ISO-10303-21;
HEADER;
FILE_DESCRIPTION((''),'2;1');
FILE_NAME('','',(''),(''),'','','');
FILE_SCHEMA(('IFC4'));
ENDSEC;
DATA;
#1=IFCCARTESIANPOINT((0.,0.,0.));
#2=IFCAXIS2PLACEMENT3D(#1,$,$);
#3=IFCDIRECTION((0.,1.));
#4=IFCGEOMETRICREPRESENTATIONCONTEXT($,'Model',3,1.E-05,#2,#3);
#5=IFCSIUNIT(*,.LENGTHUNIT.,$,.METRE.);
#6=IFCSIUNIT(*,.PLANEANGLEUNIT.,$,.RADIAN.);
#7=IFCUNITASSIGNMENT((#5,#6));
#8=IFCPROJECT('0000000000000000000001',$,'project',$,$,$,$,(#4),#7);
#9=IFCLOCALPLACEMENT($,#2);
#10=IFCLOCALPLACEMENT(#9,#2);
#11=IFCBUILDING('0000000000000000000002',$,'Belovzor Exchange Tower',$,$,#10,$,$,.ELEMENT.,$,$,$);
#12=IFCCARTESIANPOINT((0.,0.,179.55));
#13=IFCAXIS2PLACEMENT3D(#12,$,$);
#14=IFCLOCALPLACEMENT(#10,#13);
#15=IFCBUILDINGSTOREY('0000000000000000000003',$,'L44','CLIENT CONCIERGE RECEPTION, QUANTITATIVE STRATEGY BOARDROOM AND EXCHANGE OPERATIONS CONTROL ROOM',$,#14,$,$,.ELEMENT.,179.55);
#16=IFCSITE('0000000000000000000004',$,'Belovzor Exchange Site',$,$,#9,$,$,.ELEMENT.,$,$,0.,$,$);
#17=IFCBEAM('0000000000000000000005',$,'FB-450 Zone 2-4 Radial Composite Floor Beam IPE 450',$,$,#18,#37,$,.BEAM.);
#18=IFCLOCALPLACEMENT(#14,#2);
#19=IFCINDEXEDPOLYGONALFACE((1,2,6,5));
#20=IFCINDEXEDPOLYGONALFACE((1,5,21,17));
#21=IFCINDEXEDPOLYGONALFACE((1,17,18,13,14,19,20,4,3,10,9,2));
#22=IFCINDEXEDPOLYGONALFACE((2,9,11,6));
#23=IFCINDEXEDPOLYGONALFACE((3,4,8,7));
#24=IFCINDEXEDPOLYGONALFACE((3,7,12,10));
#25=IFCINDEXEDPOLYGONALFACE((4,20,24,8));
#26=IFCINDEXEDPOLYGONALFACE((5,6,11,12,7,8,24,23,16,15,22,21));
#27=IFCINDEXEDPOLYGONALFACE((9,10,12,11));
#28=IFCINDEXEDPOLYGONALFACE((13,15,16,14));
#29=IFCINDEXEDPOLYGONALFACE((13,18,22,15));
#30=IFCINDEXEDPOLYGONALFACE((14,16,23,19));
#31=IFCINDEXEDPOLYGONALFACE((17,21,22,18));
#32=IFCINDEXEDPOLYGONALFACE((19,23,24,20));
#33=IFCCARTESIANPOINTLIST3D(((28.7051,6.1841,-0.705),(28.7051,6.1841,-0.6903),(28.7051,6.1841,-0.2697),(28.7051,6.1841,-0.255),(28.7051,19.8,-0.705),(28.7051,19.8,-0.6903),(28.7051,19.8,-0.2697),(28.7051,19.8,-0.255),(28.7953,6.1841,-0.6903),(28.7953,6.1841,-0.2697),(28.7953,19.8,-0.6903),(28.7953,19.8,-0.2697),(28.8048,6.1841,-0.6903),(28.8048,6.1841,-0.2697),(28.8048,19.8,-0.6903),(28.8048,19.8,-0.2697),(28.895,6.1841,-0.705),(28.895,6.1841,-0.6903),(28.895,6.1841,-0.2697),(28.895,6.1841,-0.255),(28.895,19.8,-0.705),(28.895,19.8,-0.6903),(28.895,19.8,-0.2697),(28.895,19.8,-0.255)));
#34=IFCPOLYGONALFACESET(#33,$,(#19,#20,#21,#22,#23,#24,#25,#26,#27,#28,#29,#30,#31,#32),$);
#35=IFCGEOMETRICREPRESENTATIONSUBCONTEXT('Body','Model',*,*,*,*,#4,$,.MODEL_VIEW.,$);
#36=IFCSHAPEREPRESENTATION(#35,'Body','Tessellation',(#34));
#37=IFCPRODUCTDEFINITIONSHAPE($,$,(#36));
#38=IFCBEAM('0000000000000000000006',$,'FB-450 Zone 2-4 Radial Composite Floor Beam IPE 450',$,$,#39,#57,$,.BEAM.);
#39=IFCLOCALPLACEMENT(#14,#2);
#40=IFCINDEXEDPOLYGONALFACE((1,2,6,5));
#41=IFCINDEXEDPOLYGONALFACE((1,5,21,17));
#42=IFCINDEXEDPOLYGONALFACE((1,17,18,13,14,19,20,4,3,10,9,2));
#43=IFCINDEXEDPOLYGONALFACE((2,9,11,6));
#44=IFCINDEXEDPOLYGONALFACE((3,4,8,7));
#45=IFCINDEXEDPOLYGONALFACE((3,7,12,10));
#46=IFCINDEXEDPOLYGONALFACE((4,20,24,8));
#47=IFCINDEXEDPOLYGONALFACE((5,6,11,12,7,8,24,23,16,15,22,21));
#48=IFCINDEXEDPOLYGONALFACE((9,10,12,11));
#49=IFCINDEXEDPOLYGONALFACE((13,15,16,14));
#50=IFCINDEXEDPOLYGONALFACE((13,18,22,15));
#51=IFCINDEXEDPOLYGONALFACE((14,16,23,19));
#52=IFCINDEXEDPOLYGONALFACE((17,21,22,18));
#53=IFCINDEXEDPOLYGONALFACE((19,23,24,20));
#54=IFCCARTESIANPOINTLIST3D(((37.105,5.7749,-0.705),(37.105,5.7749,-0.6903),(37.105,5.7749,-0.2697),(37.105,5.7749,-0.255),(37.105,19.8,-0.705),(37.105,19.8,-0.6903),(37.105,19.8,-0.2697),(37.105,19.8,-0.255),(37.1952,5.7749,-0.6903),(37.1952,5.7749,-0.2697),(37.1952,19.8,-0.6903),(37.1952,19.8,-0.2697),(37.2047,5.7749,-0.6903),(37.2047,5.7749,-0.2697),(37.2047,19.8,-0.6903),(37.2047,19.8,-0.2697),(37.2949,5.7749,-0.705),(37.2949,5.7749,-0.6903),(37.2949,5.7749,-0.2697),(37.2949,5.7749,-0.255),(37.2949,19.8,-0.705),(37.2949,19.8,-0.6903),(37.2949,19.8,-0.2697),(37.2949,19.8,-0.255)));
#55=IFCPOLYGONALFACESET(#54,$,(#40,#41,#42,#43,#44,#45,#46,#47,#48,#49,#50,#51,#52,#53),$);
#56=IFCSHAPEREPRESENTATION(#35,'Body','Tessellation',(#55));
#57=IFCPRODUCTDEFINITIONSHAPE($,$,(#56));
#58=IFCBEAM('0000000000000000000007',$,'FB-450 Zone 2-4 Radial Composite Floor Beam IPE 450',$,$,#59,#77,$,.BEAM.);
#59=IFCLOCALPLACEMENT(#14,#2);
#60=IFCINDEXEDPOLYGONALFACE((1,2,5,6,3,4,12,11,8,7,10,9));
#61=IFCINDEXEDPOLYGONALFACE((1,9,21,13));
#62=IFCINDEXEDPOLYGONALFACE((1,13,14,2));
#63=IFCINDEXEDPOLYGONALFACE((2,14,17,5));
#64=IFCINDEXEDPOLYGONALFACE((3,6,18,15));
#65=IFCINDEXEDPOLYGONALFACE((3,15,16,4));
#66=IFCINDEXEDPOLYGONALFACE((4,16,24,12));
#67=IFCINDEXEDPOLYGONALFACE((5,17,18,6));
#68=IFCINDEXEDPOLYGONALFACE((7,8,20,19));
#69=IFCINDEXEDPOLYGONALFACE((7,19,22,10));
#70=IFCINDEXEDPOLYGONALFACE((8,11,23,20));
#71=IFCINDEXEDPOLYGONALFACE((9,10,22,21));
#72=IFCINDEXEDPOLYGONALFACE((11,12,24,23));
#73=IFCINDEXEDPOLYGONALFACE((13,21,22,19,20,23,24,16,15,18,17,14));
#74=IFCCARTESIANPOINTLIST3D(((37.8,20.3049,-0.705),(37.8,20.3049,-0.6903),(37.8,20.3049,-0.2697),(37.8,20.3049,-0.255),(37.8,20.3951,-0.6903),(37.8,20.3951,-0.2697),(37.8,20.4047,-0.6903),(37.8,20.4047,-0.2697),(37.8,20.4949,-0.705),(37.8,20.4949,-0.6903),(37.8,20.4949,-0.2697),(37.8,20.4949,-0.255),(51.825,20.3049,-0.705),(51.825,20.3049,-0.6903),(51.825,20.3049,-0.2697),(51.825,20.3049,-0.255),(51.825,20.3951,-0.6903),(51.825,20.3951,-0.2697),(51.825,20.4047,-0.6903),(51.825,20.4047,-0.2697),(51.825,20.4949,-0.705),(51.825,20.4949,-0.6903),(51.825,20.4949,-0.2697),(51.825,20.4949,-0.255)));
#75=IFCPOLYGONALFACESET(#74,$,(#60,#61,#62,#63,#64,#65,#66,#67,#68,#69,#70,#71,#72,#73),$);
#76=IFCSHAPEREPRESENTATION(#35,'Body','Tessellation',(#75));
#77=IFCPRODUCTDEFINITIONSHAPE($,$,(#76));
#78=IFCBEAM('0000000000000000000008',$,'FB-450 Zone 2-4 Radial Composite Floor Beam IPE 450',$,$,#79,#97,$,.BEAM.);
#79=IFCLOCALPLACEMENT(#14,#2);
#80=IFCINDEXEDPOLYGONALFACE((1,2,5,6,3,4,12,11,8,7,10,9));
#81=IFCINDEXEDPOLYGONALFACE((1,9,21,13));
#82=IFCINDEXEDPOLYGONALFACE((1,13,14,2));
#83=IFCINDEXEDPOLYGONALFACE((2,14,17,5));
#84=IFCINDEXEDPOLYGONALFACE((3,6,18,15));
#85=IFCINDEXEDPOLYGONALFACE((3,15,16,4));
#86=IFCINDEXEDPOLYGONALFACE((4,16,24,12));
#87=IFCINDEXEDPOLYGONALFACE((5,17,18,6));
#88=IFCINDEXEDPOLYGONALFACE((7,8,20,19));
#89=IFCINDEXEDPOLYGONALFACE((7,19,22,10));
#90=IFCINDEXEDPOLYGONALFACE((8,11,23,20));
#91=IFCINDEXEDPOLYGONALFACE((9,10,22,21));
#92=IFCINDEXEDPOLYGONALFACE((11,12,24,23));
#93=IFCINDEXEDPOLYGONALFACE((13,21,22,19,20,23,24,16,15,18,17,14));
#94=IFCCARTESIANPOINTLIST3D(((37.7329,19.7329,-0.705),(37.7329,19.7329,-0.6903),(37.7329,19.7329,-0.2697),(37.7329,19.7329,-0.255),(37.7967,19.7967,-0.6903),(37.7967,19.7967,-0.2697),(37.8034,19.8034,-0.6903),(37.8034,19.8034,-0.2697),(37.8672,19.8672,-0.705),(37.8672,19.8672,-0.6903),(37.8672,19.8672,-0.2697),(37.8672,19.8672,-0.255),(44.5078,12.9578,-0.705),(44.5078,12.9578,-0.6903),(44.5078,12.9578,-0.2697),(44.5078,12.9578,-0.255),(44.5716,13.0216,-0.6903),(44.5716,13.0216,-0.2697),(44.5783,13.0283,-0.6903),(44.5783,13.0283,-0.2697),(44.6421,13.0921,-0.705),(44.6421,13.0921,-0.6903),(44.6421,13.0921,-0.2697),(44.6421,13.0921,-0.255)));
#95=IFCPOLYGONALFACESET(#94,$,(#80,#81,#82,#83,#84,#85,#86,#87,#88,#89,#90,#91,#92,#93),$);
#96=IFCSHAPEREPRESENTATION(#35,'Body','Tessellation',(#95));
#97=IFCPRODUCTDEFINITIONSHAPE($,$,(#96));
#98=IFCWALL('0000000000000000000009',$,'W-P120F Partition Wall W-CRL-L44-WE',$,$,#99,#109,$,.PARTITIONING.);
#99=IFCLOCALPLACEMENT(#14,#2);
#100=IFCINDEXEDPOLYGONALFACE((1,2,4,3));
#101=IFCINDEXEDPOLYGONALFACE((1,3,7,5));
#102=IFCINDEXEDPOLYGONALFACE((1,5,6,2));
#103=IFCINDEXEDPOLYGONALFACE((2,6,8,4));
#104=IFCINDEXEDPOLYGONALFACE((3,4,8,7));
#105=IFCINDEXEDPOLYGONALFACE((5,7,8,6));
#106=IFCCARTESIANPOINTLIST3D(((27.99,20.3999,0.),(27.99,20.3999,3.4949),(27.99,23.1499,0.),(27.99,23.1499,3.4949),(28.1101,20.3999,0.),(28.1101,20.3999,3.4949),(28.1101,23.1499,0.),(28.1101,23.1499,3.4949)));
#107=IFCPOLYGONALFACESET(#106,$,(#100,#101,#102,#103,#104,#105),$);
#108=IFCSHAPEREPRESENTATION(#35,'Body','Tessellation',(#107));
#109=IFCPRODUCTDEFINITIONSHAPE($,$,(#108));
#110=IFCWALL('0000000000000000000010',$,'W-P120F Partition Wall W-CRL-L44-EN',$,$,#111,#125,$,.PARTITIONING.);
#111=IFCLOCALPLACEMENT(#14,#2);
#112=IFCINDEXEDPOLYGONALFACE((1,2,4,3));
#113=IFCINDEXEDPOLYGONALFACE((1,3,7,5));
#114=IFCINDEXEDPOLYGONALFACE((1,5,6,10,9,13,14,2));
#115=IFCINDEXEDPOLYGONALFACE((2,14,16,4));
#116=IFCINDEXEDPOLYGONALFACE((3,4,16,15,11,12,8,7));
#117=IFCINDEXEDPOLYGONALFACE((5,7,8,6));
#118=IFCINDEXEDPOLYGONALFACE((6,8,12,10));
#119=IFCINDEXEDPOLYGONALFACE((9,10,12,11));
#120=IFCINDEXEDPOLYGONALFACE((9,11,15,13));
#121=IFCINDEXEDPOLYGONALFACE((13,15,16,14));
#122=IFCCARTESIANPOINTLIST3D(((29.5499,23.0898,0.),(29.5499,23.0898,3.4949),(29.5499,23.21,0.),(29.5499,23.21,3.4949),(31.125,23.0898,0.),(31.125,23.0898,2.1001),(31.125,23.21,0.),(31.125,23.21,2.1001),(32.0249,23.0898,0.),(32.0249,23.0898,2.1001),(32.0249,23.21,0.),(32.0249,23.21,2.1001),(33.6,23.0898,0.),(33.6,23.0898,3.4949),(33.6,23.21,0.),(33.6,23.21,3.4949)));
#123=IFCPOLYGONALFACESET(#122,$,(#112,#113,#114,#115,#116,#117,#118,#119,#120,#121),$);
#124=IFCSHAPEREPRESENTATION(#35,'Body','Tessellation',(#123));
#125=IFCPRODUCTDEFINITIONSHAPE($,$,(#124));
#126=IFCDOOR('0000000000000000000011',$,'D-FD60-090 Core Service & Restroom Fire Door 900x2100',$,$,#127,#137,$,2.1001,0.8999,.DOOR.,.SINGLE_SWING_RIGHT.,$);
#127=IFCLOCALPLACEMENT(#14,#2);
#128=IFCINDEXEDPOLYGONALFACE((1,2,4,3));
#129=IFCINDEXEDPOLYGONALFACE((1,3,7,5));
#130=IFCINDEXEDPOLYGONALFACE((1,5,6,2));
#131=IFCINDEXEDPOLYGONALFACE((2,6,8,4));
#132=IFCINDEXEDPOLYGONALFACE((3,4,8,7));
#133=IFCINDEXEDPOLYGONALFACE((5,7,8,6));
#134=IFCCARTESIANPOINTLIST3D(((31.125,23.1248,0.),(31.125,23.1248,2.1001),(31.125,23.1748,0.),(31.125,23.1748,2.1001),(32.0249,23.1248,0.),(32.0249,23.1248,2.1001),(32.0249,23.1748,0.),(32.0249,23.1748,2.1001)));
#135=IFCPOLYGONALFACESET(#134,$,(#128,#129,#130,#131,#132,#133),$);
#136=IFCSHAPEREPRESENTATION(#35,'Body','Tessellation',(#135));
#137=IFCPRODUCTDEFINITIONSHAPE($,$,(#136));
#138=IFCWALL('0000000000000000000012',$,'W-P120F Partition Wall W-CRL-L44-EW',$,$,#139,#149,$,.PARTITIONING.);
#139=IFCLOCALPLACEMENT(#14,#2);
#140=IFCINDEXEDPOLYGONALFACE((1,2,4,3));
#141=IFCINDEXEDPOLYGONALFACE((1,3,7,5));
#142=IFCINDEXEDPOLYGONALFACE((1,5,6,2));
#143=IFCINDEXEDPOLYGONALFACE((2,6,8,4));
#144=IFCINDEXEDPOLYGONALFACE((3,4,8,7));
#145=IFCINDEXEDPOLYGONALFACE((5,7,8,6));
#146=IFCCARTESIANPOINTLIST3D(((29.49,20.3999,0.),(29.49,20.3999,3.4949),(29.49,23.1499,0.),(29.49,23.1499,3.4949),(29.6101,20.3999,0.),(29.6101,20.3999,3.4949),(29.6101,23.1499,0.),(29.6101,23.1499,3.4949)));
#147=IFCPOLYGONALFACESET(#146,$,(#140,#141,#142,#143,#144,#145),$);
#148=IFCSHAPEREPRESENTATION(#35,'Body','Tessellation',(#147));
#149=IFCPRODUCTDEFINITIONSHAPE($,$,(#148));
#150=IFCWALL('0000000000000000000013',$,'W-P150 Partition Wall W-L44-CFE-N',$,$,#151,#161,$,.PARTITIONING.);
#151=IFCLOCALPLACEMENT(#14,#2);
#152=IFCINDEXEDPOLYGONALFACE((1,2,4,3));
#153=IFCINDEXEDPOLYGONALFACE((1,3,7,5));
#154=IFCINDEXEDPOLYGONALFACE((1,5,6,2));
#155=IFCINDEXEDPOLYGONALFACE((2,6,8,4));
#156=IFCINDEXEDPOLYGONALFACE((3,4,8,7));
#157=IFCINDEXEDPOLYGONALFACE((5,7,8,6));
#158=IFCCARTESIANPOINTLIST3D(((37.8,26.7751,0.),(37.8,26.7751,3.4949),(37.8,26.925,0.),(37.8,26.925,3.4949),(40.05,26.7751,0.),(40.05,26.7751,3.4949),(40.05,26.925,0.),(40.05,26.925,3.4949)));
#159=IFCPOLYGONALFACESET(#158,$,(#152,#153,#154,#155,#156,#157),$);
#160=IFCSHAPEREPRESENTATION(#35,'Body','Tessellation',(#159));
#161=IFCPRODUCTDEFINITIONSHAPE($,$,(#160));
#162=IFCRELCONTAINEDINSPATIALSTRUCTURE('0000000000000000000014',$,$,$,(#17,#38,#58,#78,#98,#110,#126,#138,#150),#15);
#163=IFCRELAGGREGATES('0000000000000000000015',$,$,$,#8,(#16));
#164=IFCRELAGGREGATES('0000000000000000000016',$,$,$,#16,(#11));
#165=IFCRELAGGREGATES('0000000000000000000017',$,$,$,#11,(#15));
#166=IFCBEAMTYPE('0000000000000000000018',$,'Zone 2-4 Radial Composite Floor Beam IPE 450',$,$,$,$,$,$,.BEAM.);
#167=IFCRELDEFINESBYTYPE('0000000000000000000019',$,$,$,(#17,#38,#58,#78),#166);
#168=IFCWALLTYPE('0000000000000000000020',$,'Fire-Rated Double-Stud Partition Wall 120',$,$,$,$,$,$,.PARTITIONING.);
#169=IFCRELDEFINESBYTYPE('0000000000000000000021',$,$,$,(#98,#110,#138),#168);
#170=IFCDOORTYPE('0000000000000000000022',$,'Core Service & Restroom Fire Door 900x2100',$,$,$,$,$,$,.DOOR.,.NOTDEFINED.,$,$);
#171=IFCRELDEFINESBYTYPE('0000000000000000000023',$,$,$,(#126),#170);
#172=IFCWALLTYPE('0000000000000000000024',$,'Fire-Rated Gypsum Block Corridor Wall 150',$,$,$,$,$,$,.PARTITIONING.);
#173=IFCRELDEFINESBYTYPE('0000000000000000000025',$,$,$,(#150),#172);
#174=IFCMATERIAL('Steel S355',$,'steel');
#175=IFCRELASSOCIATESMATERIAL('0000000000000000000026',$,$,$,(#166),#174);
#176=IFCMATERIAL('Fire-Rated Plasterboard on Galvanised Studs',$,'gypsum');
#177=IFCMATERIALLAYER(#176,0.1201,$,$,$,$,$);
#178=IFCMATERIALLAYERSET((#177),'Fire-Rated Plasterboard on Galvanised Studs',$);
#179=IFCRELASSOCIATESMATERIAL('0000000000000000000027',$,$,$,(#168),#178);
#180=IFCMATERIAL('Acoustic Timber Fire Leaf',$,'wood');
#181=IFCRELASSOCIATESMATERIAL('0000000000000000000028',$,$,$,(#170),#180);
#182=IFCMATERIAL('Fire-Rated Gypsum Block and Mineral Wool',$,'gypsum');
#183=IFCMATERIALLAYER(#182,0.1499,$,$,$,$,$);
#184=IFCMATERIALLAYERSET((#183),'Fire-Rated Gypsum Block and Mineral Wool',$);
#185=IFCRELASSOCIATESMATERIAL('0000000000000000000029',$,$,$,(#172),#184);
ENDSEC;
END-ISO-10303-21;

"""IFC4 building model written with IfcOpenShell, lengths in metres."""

from ifc_helpers import new_model, si_unit, direction, frame, frame_2d, origin, origin_2d, place, context, subcontext, project, spatial, rectangle, i_section, extrude, material, layer, layer_set, material_profile, profile_set, type_object, element, fill, save


model = new_model("IFC4")

# Units and contexts
model_context = context("Model", 3, precision=1e-05, world=origin(), true_north=direction((0.0, 1.0)))
body_context = subcontext(model_context, "Body", "Model", "MODEL_VIEW")
ifc_project = project(units=[si_unit("LENGTHUNIT", "METRE"), si_unit("PLANEANGLEUNIT", "RADIAN")], contexts=[model_context])

# Site, building, storey
site_placement = place(None, origin())
site = spatial("IfcSite", under=ifc_project, at=site_placement, Name="Belovzor Exchange Site", CompositionType="ELEMENT", RefElevation=0.0)
building_placement = place(site_placement, origin())
building = spatial("IfcBuilding", under=site, at=building_placement, Name="Belovzor Exchange Tower", CompositionType="ELEMENT")
storey_placement = place(building_placement, frame((0.0, 0.0, 179.55)))
storey = spatial("IfcBuildingStorey", under=building, at=storey_placement, Name="L44", Description="CLIENT CONCIERGE RECEPTION, QUANTITATIVE STRATEGY BOARDROOM AND EXCHANGE OPERATIONS CONTROL ROOM", CompositionType="ELEMENT", Elevation=179.55)

# Beams
ifc_material_1 = material(Name="Steel S355", Category="steel")
ifc_material_profile = material_profile(ifc_material_1, i_section(OverallWidth=0.1899, OverallDepth=0.45, WebThickness=0.0095, FlangeThickness=0.0146, at=origin_2d()))
ifc_profile_set = profile_set([ifc_material_profile], Name="Steel S355")
beam_type = type_object("IfcBeamType", Name="Zone 2-4 Radial Composite Floor Beam IPE 450", PredefinedType="BEAM", material=ifc_profile_set)
beam_1_placement = place(storey_placement, frame((28.8, 19.8, -0.48), z_axis=(0.0, -1.0, 0.0), x_axis=(1.0, 0.0, 0.0)))
element("IfcBeam", 1, at=beam_1_placement, inside=storey, type_object=beam_type, Name="FB-450 Zone 2-4 Radial Composite Floor Beam IPE 450", PredefinedType="BEAM", context=body_context, shape_type="SweptSolid", body=[
    extrude(i_section(OverallWidth=0.1899, OverallDepth=0.45, WebThickness=0.0095, FlangeThickness=0.0146, at=origin_2d()), origin(), (0.0, 0.0, 1.0), 13.616),
])
beam_2_placement = place(storey_placement, frame((37.2, 19.8, -0.48), z_axis=(0.0, -1.0, 0.0), x_axis=(1.0, 0.0, 0.0)))
element("IfcBeam", 2, at=beam_2_placement, inside=storey, type_object=beam_type, Name="FB-450 Zone 2-4 Radial Composite Floor Beam IPE 450", PredefinedType="BEAM", context=body_context, shape_type="SweptSolid", body=[
    extrude(i_section(OverallWidth=0.1899, OverallDepth=0.45, WebThickness=0.0095, FlangeThickness=0.0146, at=origin_2d()), origin(), (0.0, 0.0, 1.0), 14.0251),
])
beam_3_placement = place(storey_placement, frame((37.8, 20.3999, -0.48), z_axis=(1.0, 0.0, 0.0), x_axis=(0.0, 1.0, 0.0)))
element("IfcBeam", 3, at=beam_3_placement, inside=storey, type_object=beam_type, Name="FB-450 Zone 2-4 Radial Composite Floor Beam IPE 450", PredefinedType="BEAM", context=body_context, shape_type="SweptSolid", body=[
    extrude(i_section(OverallWidth=0.1899, OverallDepth=0.45, WebThickness=0.0095, FlangeThickness=0.0146, at=origin_2d()), origin(), (0.0, 0.0, 1.0), 14.0249),
])
beam_4_placement = place(storey_placement, frame((37.8, 19.8, -0.48), z_axis=(0.707094, -0.70712, 0.0), x_axis=(0.70712, 0.707094, 0.0)))
element("IfcBeam", 4, at=beam_4_placement, inside=storey, type_object=beam_type, Name="FB-450 Zone 2-4 Radial Composite Floor Beam IPE 450", PredefinedType="BEAM", context=body_context, shape_type="SweptSolid", body=[
    extrude(i_section(OverallWidth=0.1899, OverallDepth=0.45, WebThickness=0.0095, FlangeThickness=0.0146, at=origin_2d()), origin(), (0.0, 0.0, 1.0), 9.5813),
])

# Wall
ifc_material_2 = material(Name="Fire-Rated Plasterboard on Galvanised Studs", Category="gypsum")
ifc_layer_1 = layer(ifc_material_2, 0.1201)
ifc_layer_set_1 = layer_set([ifc_layer_1], Name="Fire-Rated Plasterboard on Galvanised Studs")
wall_type_1 = type_object("IfcWallType", Name="Fire-Rated Double-Stud Partition Wall 120", PredefinedType="PARTITIONING", material=ifc_layer_set_1)
wall_1_placement = place(storey_placement, frame((28.05, 20.3999, 0.0), z_axis=(0.0, 0.0, 1.0), x_axis=(0.0, 1.0, 0.0)))
element("IfcWall", 5, at=wall_1_placement, inside=storey, type_object=wall_type_1, Name="W-P120F Partition Wall W-CRL-L44-WE", PredefinedType="PARTITIONING", context=body_context, shape_type="SweptSolid", body=[
    extrude(rectangle(XDim=2.75, YDim=0.1201, at=frame_2d((1.375, 0.0))), origin(), (0.0, 0.0, 1.0), 3.4949),
])

# Wall, opening, door
wall_2_placement = place(storey_placement, frame((29.55, 23.1499, 0.0), z_axis=(0.0, 0.0, 1.0), x_axis=(1.0, 0.0, 0.0)))
wall_2 = element("IfcWall", 6, at=wall_2_placement, inside=storey, type_object=wall_type_1, Name="W-P120F Partition Wall W-CRL-L44-EN", PredefinedType="PARTITIONING", context=body_context, shape_type="SweptSolid", body=[
    extrude(rectangle(XDim=4.05, YDim=0.1201, at=frame_2d((2.0249, 0.0))), origin(), (0.0, 0.0, 1.0), 3.4949),
])
opening_1_placement = place(wall_2_placement, frame((1.575, 0.0, 0.0)))
opening_1 = element("IfcOpeningElement", 7, at=opening_1_placement, cuts=wall_2, PredefinedType="OPENING", context=body_context, shape_type="SweptSolid", body=[
    extrude(rectangle(XDim=0.8999, YDim=2.1001, at=frame_2d((0.45, 1.05))), frame((0.0, 0.0701, 0.0), z_axis=(0.0, -1.0, 0.0), x_axis=(1.0, 0.0, 0.0)), (0.0, 0.0, 1.0), 0.1401),
])
ifc_material_3 = material(Name="Acoustic Timber Fire Leaf", Category="wood")
door_type_1 = type_object("IfcDoorType", Name="Core Service & Restroom Fire Door 900x2100", OperationType="NOTDEFINED", PredefinedType="DOOR", material=ifc_material_3)
door_1_placement = place(opening_1_placement, origin())
door_1 = element("IfcDoor", 8, at=door_1_placement, inside=storey, type_object=door_type_1, Name="D-FD60-090 Core Service & Restroom Fire Door 900x2100", OperationType="SINGLE_SWING_RIGHT", OverallHeight=2.1001, OverallWidth=0.8999, PredefinedType="DOOR", context=body_context, shape_type="SweptSolid", body=[
    extrude(rectangle(XDim=0.8999, YDim=2.1001, at=frame_2d((0.45, 1.05))), frame((0.0, 0.0249, 0.0), z_axis=(0.0, -1.0, 0.0), x_axis=(1.0, 0.0, 0.0)), (0.0, 0.0, 1.0), 0.05),
])
fill(opening_1, door_1)

# Walls
wall_3_placement = place(storey_placement, frame((29.55, 20.3999, 0.0), z_axis=(0.0, 0.0, 1.0), x_axis=(0.0, 1.0, 0.0)))
element("IfcWall", 9, at=wall_3_placement, inside=storey, type_object=wall_type_1, Name="W-P120F Partition Wall W-CRL-L44-EW", PredefinedType="PARTITIONING", context=body_context, shape_type="SweptSolid", body=[
    extrude(rectangle(XDim=2.75, YDim=0.1201, at=frame_2d((1.375, 0.0))), origin(), (0.0, 0.0, 1.0), 3.4949),
])
ifc_material_4 = material(Name="Fire-Rated Gypsum Block and Mineral Wool", Category="gypsum")
ifc_layer_2 = layer(ifc_material_4, 0.1499)
ifc_layer_set_2 = layer_set([ifc_layer_2], Name="Fire-Rated Gypsum Block and Mineral Wool")
wall_type_2 = type_object("IfcWallType", Name="Fire-Rated Gypsum Block Corridor Wall 150", PredefinedType="PARTITIONING", material=ifc_layer_set_2)
wall_4_placement = place(storey_placement, frame((37.8, 26.8501, 0.0), z_axis=(0.0, 0.0, 1.0), x_axis=(1.0, 0.0, 0.0)))
element("IfcWall", 10, at=wall_4_placement, inside=storey, type_object=wall_type_2, Name="W-P150 Partition Wall W-L44-CFE-N", PredefinedType="PARTITIONING", context=body_context, shape_type="SweptSolid", body=[
    extrude(rectangle(XDim=2.25, YDim=0.1499, at=frame_2d((1.125, 0.0))), origin(), (0.0, 0.0, 1.0), 3.4949),
])

save(model, "model.ifc")
